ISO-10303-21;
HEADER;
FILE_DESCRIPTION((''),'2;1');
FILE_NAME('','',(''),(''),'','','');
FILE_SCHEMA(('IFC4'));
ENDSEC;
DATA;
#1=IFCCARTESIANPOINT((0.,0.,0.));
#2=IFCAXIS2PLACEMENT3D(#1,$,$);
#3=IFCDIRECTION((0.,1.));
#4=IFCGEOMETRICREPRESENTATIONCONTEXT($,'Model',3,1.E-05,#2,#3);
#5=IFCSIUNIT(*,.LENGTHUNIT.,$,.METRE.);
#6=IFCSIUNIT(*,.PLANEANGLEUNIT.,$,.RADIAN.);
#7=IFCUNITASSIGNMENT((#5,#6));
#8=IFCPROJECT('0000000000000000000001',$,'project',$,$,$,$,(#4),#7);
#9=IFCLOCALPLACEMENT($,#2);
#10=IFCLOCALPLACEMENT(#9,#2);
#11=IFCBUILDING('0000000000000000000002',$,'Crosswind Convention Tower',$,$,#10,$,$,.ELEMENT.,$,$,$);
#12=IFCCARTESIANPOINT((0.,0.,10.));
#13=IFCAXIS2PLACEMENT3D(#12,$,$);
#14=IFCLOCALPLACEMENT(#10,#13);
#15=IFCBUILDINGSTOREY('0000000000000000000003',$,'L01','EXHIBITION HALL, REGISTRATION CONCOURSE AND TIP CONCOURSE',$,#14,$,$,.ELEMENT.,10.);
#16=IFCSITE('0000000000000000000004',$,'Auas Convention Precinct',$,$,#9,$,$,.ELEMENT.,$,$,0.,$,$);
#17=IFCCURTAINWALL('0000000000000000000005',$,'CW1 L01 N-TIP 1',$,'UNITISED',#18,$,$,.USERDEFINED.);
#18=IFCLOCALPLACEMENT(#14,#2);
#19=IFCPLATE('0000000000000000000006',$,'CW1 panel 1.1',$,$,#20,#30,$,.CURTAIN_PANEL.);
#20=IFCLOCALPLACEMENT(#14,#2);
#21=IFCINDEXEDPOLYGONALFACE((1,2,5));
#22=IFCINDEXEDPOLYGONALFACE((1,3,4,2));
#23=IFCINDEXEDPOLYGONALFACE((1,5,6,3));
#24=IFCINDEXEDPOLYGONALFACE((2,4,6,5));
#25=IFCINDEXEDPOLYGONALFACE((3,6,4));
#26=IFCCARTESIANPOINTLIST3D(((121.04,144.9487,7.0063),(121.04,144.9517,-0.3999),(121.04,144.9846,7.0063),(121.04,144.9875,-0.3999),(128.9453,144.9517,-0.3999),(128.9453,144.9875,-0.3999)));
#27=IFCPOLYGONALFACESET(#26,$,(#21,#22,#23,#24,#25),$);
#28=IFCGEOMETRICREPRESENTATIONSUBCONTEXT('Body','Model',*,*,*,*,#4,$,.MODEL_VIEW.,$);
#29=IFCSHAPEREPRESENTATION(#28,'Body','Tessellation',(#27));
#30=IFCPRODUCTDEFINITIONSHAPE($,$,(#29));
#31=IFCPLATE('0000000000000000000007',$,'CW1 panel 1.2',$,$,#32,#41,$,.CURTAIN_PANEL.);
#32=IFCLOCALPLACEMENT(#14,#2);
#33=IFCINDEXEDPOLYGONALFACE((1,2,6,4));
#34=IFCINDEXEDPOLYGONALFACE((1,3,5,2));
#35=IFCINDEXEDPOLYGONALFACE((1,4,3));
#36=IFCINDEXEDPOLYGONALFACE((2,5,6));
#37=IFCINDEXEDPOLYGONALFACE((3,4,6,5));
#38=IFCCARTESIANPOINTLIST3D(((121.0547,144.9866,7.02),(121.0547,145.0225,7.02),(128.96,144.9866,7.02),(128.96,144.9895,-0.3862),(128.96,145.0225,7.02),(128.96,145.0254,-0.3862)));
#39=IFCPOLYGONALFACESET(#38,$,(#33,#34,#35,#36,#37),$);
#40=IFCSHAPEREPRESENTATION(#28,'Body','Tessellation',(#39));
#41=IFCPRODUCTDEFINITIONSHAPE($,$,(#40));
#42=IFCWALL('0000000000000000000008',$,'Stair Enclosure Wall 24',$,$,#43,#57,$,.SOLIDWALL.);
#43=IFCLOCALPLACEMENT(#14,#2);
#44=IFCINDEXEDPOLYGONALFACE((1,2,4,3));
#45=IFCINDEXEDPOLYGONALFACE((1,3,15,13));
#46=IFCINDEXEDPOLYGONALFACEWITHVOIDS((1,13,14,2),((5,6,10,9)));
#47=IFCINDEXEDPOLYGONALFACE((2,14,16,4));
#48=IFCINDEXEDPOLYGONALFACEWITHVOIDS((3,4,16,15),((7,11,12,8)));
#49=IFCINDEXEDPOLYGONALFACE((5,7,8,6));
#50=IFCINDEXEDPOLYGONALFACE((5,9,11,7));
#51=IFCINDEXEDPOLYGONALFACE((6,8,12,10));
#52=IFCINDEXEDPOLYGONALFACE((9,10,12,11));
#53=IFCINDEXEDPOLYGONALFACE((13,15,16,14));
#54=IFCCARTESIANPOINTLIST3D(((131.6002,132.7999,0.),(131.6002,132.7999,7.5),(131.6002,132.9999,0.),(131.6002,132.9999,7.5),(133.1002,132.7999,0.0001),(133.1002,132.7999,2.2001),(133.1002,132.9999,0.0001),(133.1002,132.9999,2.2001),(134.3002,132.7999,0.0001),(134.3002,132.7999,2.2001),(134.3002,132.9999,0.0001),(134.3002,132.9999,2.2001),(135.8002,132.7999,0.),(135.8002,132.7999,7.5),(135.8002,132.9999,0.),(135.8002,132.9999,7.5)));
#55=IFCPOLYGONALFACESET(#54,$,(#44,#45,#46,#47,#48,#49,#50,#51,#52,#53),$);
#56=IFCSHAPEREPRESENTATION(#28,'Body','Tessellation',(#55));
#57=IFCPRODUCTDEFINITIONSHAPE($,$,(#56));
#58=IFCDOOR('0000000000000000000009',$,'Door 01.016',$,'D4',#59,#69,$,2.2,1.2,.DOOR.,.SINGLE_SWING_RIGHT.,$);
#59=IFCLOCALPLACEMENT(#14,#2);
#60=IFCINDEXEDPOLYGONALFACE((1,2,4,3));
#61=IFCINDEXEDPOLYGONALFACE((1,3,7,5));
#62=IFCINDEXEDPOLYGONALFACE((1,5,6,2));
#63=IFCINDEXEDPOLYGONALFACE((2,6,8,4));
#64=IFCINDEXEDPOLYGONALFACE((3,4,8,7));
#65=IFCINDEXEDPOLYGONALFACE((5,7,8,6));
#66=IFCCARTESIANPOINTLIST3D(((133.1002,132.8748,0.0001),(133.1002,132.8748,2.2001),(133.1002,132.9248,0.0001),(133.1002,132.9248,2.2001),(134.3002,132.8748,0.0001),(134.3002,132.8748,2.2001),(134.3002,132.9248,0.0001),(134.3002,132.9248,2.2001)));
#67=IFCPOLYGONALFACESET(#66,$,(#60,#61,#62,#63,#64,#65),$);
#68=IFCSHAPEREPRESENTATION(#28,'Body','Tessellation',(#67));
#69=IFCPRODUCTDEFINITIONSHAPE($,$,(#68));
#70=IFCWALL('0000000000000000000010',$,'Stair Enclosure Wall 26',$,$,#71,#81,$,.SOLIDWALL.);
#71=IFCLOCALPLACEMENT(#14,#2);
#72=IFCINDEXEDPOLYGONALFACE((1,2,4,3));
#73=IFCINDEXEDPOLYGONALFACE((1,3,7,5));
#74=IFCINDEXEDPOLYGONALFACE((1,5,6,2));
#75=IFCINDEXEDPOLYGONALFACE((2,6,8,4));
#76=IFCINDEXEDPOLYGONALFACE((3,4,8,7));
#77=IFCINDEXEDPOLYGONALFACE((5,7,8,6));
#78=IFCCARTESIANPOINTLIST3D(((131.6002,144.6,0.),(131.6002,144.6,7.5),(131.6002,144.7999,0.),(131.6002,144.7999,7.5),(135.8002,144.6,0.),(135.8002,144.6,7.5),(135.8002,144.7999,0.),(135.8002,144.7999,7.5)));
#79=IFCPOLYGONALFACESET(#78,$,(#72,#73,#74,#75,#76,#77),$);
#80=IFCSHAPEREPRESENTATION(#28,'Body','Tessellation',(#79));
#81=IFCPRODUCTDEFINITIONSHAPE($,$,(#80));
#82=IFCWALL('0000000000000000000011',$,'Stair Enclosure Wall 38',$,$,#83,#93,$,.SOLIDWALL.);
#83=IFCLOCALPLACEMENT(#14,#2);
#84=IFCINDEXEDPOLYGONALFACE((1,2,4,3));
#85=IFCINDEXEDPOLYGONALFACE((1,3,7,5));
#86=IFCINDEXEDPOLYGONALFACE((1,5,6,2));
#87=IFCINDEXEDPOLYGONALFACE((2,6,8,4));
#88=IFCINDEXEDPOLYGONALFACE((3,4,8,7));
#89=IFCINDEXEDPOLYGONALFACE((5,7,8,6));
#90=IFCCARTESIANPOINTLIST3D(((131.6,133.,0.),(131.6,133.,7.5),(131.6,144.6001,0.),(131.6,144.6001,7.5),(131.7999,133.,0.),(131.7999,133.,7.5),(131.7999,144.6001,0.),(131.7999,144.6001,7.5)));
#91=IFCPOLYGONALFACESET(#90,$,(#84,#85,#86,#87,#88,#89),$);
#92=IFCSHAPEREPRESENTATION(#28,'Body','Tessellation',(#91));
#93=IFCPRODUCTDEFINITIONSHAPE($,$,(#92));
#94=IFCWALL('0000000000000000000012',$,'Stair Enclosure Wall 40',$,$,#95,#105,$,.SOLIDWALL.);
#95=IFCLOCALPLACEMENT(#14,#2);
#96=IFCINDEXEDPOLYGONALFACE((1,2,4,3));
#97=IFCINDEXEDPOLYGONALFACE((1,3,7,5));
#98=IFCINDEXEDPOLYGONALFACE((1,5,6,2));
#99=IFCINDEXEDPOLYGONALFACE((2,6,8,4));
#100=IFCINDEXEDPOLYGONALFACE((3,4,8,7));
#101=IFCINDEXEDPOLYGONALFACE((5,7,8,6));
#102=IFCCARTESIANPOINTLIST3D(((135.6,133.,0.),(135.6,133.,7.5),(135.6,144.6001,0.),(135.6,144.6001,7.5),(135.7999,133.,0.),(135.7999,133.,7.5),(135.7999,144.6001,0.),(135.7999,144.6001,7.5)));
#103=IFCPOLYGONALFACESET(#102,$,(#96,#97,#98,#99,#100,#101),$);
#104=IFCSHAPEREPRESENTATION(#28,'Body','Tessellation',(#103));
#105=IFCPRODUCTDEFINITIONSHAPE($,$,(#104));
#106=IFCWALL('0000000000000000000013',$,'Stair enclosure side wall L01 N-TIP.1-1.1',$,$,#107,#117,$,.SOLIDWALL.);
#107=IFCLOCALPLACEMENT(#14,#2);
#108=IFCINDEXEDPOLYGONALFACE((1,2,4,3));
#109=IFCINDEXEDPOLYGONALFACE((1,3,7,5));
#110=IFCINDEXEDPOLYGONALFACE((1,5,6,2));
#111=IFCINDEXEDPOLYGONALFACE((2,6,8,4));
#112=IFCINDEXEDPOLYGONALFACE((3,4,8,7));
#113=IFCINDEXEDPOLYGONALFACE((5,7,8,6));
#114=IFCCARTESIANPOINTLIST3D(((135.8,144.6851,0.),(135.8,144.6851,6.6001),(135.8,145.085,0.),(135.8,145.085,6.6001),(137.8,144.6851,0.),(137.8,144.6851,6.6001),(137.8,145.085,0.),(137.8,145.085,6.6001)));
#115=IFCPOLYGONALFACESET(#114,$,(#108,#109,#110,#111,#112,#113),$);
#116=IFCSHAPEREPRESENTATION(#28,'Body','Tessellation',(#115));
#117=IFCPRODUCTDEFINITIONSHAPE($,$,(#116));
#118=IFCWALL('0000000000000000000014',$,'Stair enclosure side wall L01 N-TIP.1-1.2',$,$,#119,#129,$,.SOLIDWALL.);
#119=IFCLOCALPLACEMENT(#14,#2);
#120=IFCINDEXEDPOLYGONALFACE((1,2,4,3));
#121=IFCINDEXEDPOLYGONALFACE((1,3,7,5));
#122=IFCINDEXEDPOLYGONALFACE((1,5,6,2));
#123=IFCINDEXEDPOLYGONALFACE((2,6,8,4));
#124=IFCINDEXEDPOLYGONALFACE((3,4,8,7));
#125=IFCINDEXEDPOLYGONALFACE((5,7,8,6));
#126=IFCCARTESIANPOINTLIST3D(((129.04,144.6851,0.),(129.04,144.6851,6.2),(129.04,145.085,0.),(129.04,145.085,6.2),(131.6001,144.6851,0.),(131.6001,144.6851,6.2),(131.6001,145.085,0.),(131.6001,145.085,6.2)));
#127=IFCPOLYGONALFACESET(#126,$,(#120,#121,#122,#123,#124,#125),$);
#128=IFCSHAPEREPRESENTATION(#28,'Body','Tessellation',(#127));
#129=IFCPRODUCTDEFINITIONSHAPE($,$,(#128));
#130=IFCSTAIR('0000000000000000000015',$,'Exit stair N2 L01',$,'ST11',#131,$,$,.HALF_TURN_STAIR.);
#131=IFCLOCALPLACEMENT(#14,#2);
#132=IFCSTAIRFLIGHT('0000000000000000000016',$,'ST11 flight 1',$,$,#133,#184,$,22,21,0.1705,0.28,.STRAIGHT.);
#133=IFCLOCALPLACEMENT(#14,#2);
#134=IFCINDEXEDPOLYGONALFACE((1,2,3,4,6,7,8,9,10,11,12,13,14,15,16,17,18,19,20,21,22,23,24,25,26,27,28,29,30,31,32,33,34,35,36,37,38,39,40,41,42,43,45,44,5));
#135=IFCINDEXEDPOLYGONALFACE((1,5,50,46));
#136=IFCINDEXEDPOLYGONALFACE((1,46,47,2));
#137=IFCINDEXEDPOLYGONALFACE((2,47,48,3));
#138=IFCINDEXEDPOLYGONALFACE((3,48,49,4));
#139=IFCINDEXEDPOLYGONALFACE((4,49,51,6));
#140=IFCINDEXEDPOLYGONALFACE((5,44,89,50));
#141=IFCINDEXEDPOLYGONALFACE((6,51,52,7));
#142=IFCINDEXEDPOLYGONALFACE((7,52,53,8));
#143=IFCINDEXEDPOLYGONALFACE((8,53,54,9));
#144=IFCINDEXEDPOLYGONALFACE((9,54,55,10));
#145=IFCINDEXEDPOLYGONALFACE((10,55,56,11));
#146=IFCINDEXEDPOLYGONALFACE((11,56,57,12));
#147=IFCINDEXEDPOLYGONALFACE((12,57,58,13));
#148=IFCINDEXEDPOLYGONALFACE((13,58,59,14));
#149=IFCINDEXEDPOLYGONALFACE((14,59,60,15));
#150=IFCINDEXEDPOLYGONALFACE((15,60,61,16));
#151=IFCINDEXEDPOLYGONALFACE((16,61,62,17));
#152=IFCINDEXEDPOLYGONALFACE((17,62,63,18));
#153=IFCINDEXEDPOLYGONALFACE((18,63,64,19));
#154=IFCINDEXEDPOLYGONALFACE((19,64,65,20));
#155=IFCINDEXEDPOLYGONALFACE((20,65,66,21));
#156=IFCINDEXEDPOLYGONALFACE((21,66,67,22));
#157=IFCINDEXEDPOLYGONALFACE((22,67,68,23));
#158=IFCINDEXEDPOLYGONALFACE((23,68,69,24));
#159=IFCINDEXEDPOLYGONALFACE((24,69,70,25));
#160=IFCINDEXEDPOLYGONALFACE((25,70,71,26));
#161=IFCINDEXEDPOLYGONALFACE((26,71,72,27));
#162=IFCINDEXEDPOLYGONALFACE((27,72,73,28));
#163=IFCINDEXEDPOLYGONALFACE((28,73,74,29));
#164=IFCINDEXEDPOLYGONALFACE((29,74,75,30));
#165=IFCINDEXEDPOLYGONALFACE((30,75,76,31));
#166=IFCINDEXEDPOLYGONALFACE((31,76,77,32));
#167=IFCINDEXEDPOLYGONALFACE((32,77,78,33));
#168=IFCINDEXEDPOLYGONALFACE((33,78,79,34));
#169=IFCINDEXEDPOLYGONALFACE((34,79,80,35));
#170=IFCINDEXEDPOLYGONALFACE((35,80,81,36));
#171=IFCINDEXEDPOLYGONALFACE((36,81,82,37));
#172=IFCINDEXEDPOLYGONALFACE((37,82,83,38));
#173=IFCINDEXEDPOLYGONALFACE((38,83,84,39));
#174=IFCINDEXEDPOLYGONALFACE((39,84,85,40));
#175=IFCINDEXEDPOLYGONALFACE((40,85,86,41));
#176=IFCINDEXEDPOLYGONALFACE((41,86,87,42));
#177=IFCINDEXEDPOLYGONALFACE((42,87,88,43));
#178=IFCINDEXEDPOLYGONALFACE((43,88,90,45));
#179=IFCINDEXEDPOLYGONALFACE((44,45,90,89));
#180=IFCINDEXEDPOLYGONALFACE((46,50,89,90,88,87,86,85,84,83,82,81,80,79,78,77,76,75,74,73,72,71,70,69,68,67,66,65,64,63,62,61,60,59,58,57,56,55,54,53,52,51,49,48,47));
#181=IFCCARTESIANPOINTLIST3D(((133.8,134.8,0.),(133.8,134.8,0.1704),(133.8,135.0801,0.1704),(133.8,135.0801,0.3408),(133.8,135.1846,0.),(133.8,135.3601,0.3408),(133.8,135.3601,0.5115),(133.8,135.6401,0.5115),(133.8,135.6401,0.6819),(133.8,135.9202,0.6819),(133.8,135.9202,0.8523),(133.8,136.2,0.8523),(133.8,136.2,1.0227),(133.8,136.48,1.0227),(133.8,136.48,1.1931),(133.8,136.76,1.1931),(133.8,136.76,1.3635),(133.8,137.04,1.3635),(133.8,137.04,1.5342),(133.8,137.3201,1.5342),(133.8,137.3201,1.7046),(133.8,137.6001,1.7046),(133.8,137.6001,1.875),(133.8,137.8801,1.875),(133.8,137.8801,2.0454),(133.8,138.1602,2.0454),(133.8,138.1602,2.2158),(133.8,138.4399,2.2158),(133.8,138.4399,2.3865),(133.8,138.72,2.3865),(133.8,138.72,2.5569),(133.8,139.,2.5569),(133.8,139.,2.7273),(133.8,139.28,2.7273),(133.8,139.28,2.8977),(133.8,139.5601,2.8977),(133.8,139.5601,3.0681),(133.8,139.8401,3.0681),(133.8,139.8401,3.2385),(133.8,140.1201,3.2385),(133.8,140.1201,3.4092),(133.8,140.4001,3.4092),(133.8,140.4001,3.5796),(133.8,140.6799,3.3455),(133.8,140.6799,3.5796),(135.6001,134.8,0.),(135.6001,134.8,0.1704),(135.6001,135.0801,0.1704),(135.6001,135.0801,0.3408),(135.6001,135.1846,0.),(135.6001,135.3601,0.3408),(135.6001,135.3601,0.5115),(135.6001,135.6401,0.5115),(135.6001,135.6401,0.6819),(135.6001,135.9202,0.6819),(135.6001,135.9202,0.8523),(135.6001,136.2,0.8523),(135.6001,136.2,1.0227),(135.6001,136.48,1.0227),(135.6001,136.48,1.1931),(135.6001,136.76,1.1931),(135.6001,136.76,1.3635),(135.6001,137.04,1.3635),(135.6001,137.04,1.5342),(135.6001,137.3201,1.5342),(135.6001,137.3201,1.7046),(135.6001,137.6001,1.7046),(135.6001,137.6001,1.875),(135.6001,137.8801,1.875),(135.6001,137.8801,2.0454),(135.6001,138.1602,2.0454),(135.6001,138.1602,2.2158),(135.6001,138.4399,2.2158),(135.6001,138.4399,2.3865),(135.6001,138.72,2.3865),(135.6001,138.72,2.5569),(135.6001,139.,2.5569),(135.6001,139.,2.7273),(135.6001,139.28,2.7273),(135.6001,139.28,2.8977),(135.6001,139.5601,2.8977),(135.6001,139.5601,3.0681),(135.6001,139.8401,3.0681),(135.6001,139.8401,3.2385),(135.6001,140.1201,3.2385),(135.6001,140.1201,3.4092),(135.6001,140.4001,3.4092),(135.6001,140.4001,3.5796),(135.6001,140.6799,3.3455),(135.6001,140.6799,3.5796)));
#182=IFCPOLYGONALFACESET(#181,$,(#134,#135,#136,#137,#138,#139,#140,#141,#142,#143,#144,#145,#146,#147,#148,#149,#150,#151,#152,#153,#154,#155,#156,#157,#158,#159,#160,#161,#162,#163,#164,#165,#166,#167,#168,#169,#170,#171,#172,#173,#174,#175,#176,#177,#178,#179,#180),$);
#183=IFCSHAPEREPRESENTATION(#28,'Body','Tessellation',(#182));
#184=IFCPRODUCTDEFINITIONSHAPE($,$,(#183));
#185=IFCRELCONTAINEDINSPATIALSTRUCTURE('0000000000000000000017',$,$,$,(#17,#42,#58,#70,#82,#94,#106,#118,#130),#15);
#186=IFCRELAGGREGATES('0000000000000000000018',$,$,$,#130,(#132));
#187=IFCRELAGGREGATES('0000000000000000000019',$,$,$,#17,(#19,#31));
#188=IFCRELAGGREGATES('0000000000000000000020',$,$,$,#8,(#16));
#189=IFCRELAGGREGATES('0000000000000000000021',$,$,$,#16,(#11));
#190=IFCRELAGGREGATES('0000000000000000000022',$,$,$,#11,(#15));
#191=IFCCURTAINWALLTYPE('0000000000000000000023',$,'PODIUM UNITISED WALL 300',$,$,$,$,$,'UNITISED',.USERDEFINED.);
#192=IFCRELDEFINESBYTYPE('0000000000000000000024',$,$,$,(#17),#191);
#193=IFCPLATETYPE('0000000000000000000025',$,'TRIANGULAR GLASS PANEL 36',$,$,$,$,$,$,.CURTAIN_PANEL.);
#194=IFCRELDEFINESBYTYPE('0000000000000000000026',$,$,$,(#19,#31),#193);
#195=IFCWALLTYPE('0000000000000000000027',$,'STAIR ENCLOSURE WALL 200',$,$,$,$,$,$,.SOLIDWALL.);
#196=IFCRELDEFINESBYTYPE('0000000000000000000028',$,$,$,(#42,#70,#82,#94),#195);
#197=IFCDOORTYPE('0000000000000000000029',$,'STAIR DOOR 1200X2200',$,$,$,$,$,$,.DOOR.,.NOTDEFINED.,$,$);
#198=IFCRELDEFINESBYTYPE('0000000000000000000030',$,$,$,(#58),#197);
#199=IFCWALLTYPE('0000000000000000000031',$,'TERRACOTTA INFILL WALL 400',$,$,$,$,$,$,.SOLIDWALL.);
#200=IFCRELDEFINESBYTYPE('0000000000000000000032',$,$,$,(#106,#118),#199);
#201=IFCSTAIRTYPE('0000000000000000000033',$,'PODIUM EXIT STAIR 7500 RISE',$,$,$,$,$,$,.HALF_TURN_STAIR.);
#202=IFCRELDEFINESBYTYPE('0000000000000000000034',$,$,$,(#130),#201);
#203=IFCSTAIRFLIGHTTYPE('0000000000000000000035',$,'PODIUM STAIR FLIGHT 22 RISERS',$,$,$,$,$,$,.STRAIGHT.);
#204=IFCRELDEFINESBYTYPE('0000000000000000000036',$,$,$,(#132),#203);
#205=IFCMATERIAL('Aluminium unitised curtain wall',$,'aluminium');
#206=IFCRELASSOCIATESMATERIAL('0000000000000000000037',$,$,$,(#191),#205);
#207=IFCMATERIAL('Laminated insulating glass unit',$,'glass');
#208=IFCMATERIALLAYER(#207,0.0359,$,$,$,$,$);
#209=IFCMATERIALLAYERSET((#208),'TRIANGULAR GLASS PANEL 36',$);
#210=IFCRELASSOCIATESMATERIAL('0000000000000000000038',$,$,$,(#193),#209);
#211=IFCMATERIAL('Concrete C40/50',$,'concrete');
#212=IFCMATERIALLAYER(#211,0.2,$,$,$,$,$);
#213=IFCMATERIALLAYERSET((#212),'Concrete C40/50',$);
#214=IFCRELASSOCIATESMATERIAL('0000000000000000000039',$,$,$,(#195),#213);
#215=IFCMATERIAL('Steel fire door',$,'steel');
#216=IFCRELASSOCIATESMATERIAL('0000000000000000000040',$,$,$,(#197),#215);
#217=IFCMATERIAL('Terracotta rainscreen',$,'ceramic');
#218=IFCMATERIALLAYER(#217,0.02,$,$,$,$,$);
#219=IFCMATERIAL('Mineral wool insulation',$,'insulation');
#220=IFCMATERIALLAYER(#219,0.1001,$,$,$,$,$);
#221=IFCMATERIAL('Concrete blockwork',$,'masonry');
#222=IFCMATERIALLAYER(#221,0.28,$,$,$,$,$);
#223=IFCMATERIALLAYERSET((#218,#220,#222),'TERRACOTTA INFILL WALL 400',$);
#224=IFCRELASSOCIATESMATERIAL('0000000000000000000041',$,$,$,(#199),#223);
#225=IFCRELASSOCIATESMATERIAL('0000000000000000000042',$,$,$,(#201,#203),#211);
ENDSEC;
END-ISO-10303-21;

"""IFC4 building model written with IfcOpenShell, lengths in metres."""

from ifc_helpers import new_model, si_unit, direction, frame, frame_2d, origin, place, context, subcontext, project, spatial, polyline, rectangle, outline, extrude, material, layer, layer_set, type_object, element, fill, aggregate, save


model = new_model("IFC4")

# Units and contexts
model_context = context("Model", 3, precision=1e-05, world=origin(), true_north=direction((0.0, 1.0)))
body_context = subcontext(model_context, "Body", "Model", "MODEL_VIEW")
ifc_project = project(units=[si_unit("LENGTHUNIT", "METRE"), si_unit("PLANEANGLEUNIT", "RADIAN")], contexts=[model_context])

# Site, building, storey
site_placement = place(None, origin())
site = spatial("IfcSite", under=ifc_project, at=site_placement, Name="Auas Convention Precinct", CompositionType="ELEMENT", RefElevation=0.0)
building_placement = place(site_placement, origin())
building = spatial("IfcBuilding", under=site, at=building_placement, Name="Crosswind Convention Tower", CompositionType="ELEMENT")
storey_placement = place(building_placement, frame((0.0, 0.0, 10.0)))
storey = spatial("IfcBuildingStorey", under=building, at=storey_placement, Name="L01", Description="EXHIBITION HALL, REGISTRATION CONCOURSE AND TIP CONCOURSE", CompositionType="ELEMENT", Elevation=10.0)

# Curtain wall
ifc_material_1 = material(Name="Aluminium unitised curtain wall", Category="aluminium")
curtain_wall_type = type_object("IfcCurtainWallType", Name="PODIUM UNITISED WALL 300", ElementType="UNITISED", PredefinedType="USERDEFINED", material=ifc_material_1)
curtain_wall_placement = place(storey_placement, origin())
curtain_wall = element("IfcCurtainWall", 1, at=curtain_wall_placement, inside=storey, type_object=curtain_wall_type, Name="CW1 L01 N-TIP 1", ObjectType="UNITISED", PredefinedType="USERDEFINED")

# Plates
ifc_material_2 = material(Name="Laminated insulating glass unit", Category="glass")
ifc_layer_1 = layer(ifc_material_2, 0.0359)
ifc_layer_set_1 = layer_set([ifc_layer_1], Name="TRIANGULAR GLASS PANEL 36")
plate_type = type_object("IfcPlateType", Name="TRIANGULAR GLASS PANEL 36", PredefinedType="CURTAIN_PANEL", material=ifc_layer_set_1)
plate_1_placement = place(storey_placement, frame((121.04, 144.9875, -0.3999), z_axis=(0.0, 1.0, 0.000396), x_axis=(0.0, -0.000396, 1.0)))
plate_1 = element("IfcPlate", 2, at=plate_1_placement, type_object=plate_type, Name="CW1 panel 1.1", PredefinedType="CURTAIN_PANEL", context=body_context, shape_type="SweptSolid", body=[
    extrude(outline(polyline([(0.0, 0.0), (7.4063, 0.0), (0.0, 7.9053), (0.0, 0.0)])), origin(), (0.0, 0.0, -1.0), 0.0359),
])
plate_2_placement = place(storey_placement, frame((128.96, 145.0225, 7.02), z_axis=(0.0, 1.0, 0.000396), x_axis=(0.0, 0.000396, -1.0)))
plate_2 = element("IfcPlate", 3, at=plate_2_placement, type_object=plate_type, Name="CW1 panel 1.2", PredefinedType="CURTAIN_PANEL", context=body_context, shape_type="SweptSolid", body=[
    extrude(outline(polyline([(0.0, 0.0), (7.4063, 0.0), (0.0, 7.9053), (0.0, 0.0)])), origin(), (0.0, 0.0, -1.0), 0.0359),
])

# Wall, opening, door
ifc_material_3 = material(Name="Concrete C40/50", Category="concrete")
ifc_layer_2 = layer(ifc_material_3, 0.2)
ifc_layer_set_2 = layer_set([ifc_layer_2], Name="Concrete C40/50")
wall_type_1 = type_object("IfcWallType", Name="STAIR ENCLOSURE WALL 200", PredefinedType="SOLIDWALL", material=ifc_layer_set_2)
wall_1_placement = place(storey_placement, frame((131.6001, 132.8999, 0.0), z_axis=(0.0, 0.0, 1.0), x_axis=(1.0, 0.0, 0.0)))
wall_1 = element("IfcWall", 4, at=wall_1_placement, inside=storey, type_object=wall_type_1, Name="Stair Enclosure Wall 24", PredefinedType="SOLIDWALL", context=body_context, shape_type="SweptSolid", body=[
    extrude(rectangle(XDim=4.2, YDim=0.2, at=frame_2d((2.1001, 0.0))), origin(), (0.0, 0.0, 1.0), 7.5),
])
opening_placement = place(wall_1_placement, frame((1.5, 0.0, 0.0)))
opening = element("IfcOpeningElement", 5, at=opening_placement, cuts=wall_1, PredefinedType="OPENING", context=body_context, shape_type="SweptSolid", body=[
    extrude(rectangle(XDim=1.2, YDim=2.2, at=frame_2d((0.6001, 1.1001))), frame((0.0, 0.1099, 0.0), z_axis=(0.0, -1.0, 0.0), x_axis=(1.0, 0.0, 0.0)), (0.0, 0.0, 1.0), 0.22),
])
ifc_material_4 = material(Name="Steel fire door", Category="steel")
door_type = type_object("IfcDoorType", Name="STAIR DOOR 1200X2200", OperationType="NOTDEFINED", PredefinedType="DOOR", material=ifc_material_4)
door_placement = place(opening_placement, origin())
door = element("IfcDoor", 6, at=door_placement, inside=storey, type_object=door_type, Name="Door 01.016", ObjectType="D4", OperationType="SINGLE_SWING_RIGHT", OverallHeight=2.2, OverallWidth=1.2, PredefinedType="DOOR", context=body_context, shape_type="SweptSolid", body=[
    extrude(rectangle(XDim=1.2, YDim=2.2, at=frame_2d((0.6001, 1.1001))), frame((0.0, 0.0249, 0.0), z_axis=(0.0, -1.0, 0.0), x_axis=(1.0, 0.0, 0.0)), (0.0, 0.0, 1.0), 0.05),
])
fill(opening, door)

# Walls
wall_2_placement = place(storey_placement, frame((131.6001, 144.7, 0.0), z_axis=(0.0, 0.0, 1.0), x_axis=(1.0, 0.0, 0.0)))
element("IfcWall", 7, at=wall_2_placement, inside=storey, type_object=wall_type_1, Name="Stair Enclosure Wall 26", PredefinedType="SOLIDWALL", context=body_context, shape_type="SweptSolid", body=[
    extrude(rectangle(XDim=4.2, YDim=0.2, at=frame_2d((2.1001, 0.0))), origin(), (0.0, 0.0, 1.0), 7.5),
])
for number, where, z_axis, x_axis, name in (
    (8, (131.7, 133.0, 0.0), (0.0, 0.0, 1.0), (0.0, 1.0, 0.0), "Stair Enclosure Wall 38"),
    (9, (135.7, 133.0, 0.0), (0.0, 0.0, 1.0), (0.0, 1.0, 0.0), "Stair Enclosure Wall 40"),
):
    element("IfcWall", number, at=place(storey_placement, frame(where, z_axis=z_axis, x_axis=x_axis)), inside=storey, type_object=wall_type_1, Name=name, PredefinedType="SOLIDWALL", context=body_context, shape_type="SweptSolid", body=[
        extrude(rectangle(XDim=11.6001, YDim=0.2, at=frame_2d((5.8, 0.0))), origin(), (0.0, 0.0, 1.0), 7.5),
    ])
ifc_material_5 = material(Name="Terracotta rainscreen", Category="ceramic")
ifc_layer_3 = layer(ifc_material_5, 0.02)
ifc_material_6 = material(Name="Mineral wool insulation", Category="insulation")
ifc_layer_4 = layer(ifc_material_6, 0.1001)
ifc_material_7 = material(Name="Concrete blockwork", Category="masonry")
ifc_layer_5 = layer(ifc_material_7, 0.28)
ifc_layer_set_3 = layer_set([ifc_layer_3, ifc_layer_4, ifc_layer_5], Name="TERRACOTTA INFILL WALL 400")
wall_type_2 = type_object("IfcWallType", Name="TERRACOTTA INFILL WALL 400", PredefinedType="SOLIDWALL", material=ifc_layer_set_3)
wall_3_placement = place(storey_placement, frame((137.8, 144.885, 0.0), z_axis=(0.0, 0.0, 1.0), x_axis=(-1.0, 0.0, 0.0)))
element("IfcWall", 10, at=wall_3_placement, inside=storey, type_object=wall_type_2, Name="Stair enclosure side wall L01 N-TIP.1-1.1", PredefinedType="SOLIDWALL", context=body_context, shape_type="SweptSolid", body=[
    extrude(rectangle(XDim=2.0, YDim=0.3999, at=frame_2d((1.0, 0.0))), origin(), (0.0, 0.0, 1.0), 6.6001),
])
wall_4_placement = place(storey_placement, frame((131.6001, 144.885, 0.0), z_axis=(0.0, 0.0, 1.0), x_axis=(-1.0, 0.0, 0.0)))
element("IfcWall", 11, at=wall_4_placement, inside=storey, type_object=wall_type_2, Name="Stair enclosure side wall L01 N-TIP.1-1.2", PredefinedType="SOLIDWALL", context=body_context, shape_type="SweptSolid", body=[
    extrude(rectangle(XDim=2.5601, YDim=0.3999, at=frame_2d((1.28, 0.0))), origin(), (0.0, 0.0, 1.0), 6.2),
])

# Stair, stair flight
stair_type = type_object("IfcStairType", Name="PODIUM EXIT STAIR 7500 RISE", PredefinedType="HALF_TURN_STAIR", material=ifc_material_3)
stair_placement = place(storey_placement, origin())
stair = element("IfcStair", 12, at=stair_placement, inside=storey, type_object=stair_type, Name="Exit stair N2 L01", ObjectType="ST11", PredefinedType="HALF_TURN_STAIR")
stair_flight_type = type_object("IfcStairFlightType", Name="PODIUM STAIR FLIGHT 22 RISERS", PredefinedType="STRAIGHT", material=ifc_material_3)
stair_flight_1_placement = place(storey_placement, frame((134.7, 134.8, 0.0), z_axis=(0.0, 0.0, 1.0), x_axis=(0.0, 1.0, 0.0)))
stair_flight_1 = element("IfcStairFlight", 13, at=stair_flight_1_placement, type_object=stair_flight_type, Name="ST11 flight 1", NumberOfRisers=22, NumberOfTreads=21, PredefinedType="STRAIGHT", RiserHeight=0.1705, TreadLength=0.28, context=body_context, shape_type="SweptSolid", body=[
    extrude(outline(polyline([(0.0, 0.0), (0.0, 0.1704), (0.28, 0.1704), (0.28, 0.3408), (0.5601, 0.3408), (0.5601, 0.5115), (0.8401, 0.5115), (0.8401, 0.6819), (1.1201, 0.6819), (1.1201, 0.8523), (1.3999, 0.8523), (1.3999, 1.0227), (1.6799, 1.0227), (1.6799, 1.1931), (1.96, 1.1931), (1.96, 1.3635), (2.24, 1.3635), (2.24, 1.5342), (2.52, 1.5342), (2.52, 1.7046), (2.8, 1.7046), (2.8, 1.875), (3.0801, 1.875), (3.0801, 2.0454), (3.3601, 2.0454), (3.3601, 2.2158), (3.6399, 2.2158), (3.6399, 2.3865), (3.9199, 2.3865), (3.9199, 2.5569), (4.2, 2.5569), (4.2, 2.7273), (4.48, 2.7273), (4.48, 2.8977), (4.76, 2.8977), (4.76, 3.0681), (5.04, 3.0681), (5.04, 3.2385), (5.3201, 3.2385), (5.3201, 3.4092), (5.6001, 3.4092), (5.6001, 3.5796), (5.8799, 3.5796), (5.8799, 3.75), (5.8799, 3.3455), (0.3845, 0.0), (0.0, 0.0)])), frame((0.0, 0.8999, 0.0), z_axis=(0.0, -1.0, 0.0), x_axis=(1.0, 0.0, 0.0)), (0.0, 0.0, 1.0), 1.8),
])
aggregate(stair, [stair_flight_1])

aggregate(curtain_wall, [plate_1, plate_2])

save(model, "model.ifc")
